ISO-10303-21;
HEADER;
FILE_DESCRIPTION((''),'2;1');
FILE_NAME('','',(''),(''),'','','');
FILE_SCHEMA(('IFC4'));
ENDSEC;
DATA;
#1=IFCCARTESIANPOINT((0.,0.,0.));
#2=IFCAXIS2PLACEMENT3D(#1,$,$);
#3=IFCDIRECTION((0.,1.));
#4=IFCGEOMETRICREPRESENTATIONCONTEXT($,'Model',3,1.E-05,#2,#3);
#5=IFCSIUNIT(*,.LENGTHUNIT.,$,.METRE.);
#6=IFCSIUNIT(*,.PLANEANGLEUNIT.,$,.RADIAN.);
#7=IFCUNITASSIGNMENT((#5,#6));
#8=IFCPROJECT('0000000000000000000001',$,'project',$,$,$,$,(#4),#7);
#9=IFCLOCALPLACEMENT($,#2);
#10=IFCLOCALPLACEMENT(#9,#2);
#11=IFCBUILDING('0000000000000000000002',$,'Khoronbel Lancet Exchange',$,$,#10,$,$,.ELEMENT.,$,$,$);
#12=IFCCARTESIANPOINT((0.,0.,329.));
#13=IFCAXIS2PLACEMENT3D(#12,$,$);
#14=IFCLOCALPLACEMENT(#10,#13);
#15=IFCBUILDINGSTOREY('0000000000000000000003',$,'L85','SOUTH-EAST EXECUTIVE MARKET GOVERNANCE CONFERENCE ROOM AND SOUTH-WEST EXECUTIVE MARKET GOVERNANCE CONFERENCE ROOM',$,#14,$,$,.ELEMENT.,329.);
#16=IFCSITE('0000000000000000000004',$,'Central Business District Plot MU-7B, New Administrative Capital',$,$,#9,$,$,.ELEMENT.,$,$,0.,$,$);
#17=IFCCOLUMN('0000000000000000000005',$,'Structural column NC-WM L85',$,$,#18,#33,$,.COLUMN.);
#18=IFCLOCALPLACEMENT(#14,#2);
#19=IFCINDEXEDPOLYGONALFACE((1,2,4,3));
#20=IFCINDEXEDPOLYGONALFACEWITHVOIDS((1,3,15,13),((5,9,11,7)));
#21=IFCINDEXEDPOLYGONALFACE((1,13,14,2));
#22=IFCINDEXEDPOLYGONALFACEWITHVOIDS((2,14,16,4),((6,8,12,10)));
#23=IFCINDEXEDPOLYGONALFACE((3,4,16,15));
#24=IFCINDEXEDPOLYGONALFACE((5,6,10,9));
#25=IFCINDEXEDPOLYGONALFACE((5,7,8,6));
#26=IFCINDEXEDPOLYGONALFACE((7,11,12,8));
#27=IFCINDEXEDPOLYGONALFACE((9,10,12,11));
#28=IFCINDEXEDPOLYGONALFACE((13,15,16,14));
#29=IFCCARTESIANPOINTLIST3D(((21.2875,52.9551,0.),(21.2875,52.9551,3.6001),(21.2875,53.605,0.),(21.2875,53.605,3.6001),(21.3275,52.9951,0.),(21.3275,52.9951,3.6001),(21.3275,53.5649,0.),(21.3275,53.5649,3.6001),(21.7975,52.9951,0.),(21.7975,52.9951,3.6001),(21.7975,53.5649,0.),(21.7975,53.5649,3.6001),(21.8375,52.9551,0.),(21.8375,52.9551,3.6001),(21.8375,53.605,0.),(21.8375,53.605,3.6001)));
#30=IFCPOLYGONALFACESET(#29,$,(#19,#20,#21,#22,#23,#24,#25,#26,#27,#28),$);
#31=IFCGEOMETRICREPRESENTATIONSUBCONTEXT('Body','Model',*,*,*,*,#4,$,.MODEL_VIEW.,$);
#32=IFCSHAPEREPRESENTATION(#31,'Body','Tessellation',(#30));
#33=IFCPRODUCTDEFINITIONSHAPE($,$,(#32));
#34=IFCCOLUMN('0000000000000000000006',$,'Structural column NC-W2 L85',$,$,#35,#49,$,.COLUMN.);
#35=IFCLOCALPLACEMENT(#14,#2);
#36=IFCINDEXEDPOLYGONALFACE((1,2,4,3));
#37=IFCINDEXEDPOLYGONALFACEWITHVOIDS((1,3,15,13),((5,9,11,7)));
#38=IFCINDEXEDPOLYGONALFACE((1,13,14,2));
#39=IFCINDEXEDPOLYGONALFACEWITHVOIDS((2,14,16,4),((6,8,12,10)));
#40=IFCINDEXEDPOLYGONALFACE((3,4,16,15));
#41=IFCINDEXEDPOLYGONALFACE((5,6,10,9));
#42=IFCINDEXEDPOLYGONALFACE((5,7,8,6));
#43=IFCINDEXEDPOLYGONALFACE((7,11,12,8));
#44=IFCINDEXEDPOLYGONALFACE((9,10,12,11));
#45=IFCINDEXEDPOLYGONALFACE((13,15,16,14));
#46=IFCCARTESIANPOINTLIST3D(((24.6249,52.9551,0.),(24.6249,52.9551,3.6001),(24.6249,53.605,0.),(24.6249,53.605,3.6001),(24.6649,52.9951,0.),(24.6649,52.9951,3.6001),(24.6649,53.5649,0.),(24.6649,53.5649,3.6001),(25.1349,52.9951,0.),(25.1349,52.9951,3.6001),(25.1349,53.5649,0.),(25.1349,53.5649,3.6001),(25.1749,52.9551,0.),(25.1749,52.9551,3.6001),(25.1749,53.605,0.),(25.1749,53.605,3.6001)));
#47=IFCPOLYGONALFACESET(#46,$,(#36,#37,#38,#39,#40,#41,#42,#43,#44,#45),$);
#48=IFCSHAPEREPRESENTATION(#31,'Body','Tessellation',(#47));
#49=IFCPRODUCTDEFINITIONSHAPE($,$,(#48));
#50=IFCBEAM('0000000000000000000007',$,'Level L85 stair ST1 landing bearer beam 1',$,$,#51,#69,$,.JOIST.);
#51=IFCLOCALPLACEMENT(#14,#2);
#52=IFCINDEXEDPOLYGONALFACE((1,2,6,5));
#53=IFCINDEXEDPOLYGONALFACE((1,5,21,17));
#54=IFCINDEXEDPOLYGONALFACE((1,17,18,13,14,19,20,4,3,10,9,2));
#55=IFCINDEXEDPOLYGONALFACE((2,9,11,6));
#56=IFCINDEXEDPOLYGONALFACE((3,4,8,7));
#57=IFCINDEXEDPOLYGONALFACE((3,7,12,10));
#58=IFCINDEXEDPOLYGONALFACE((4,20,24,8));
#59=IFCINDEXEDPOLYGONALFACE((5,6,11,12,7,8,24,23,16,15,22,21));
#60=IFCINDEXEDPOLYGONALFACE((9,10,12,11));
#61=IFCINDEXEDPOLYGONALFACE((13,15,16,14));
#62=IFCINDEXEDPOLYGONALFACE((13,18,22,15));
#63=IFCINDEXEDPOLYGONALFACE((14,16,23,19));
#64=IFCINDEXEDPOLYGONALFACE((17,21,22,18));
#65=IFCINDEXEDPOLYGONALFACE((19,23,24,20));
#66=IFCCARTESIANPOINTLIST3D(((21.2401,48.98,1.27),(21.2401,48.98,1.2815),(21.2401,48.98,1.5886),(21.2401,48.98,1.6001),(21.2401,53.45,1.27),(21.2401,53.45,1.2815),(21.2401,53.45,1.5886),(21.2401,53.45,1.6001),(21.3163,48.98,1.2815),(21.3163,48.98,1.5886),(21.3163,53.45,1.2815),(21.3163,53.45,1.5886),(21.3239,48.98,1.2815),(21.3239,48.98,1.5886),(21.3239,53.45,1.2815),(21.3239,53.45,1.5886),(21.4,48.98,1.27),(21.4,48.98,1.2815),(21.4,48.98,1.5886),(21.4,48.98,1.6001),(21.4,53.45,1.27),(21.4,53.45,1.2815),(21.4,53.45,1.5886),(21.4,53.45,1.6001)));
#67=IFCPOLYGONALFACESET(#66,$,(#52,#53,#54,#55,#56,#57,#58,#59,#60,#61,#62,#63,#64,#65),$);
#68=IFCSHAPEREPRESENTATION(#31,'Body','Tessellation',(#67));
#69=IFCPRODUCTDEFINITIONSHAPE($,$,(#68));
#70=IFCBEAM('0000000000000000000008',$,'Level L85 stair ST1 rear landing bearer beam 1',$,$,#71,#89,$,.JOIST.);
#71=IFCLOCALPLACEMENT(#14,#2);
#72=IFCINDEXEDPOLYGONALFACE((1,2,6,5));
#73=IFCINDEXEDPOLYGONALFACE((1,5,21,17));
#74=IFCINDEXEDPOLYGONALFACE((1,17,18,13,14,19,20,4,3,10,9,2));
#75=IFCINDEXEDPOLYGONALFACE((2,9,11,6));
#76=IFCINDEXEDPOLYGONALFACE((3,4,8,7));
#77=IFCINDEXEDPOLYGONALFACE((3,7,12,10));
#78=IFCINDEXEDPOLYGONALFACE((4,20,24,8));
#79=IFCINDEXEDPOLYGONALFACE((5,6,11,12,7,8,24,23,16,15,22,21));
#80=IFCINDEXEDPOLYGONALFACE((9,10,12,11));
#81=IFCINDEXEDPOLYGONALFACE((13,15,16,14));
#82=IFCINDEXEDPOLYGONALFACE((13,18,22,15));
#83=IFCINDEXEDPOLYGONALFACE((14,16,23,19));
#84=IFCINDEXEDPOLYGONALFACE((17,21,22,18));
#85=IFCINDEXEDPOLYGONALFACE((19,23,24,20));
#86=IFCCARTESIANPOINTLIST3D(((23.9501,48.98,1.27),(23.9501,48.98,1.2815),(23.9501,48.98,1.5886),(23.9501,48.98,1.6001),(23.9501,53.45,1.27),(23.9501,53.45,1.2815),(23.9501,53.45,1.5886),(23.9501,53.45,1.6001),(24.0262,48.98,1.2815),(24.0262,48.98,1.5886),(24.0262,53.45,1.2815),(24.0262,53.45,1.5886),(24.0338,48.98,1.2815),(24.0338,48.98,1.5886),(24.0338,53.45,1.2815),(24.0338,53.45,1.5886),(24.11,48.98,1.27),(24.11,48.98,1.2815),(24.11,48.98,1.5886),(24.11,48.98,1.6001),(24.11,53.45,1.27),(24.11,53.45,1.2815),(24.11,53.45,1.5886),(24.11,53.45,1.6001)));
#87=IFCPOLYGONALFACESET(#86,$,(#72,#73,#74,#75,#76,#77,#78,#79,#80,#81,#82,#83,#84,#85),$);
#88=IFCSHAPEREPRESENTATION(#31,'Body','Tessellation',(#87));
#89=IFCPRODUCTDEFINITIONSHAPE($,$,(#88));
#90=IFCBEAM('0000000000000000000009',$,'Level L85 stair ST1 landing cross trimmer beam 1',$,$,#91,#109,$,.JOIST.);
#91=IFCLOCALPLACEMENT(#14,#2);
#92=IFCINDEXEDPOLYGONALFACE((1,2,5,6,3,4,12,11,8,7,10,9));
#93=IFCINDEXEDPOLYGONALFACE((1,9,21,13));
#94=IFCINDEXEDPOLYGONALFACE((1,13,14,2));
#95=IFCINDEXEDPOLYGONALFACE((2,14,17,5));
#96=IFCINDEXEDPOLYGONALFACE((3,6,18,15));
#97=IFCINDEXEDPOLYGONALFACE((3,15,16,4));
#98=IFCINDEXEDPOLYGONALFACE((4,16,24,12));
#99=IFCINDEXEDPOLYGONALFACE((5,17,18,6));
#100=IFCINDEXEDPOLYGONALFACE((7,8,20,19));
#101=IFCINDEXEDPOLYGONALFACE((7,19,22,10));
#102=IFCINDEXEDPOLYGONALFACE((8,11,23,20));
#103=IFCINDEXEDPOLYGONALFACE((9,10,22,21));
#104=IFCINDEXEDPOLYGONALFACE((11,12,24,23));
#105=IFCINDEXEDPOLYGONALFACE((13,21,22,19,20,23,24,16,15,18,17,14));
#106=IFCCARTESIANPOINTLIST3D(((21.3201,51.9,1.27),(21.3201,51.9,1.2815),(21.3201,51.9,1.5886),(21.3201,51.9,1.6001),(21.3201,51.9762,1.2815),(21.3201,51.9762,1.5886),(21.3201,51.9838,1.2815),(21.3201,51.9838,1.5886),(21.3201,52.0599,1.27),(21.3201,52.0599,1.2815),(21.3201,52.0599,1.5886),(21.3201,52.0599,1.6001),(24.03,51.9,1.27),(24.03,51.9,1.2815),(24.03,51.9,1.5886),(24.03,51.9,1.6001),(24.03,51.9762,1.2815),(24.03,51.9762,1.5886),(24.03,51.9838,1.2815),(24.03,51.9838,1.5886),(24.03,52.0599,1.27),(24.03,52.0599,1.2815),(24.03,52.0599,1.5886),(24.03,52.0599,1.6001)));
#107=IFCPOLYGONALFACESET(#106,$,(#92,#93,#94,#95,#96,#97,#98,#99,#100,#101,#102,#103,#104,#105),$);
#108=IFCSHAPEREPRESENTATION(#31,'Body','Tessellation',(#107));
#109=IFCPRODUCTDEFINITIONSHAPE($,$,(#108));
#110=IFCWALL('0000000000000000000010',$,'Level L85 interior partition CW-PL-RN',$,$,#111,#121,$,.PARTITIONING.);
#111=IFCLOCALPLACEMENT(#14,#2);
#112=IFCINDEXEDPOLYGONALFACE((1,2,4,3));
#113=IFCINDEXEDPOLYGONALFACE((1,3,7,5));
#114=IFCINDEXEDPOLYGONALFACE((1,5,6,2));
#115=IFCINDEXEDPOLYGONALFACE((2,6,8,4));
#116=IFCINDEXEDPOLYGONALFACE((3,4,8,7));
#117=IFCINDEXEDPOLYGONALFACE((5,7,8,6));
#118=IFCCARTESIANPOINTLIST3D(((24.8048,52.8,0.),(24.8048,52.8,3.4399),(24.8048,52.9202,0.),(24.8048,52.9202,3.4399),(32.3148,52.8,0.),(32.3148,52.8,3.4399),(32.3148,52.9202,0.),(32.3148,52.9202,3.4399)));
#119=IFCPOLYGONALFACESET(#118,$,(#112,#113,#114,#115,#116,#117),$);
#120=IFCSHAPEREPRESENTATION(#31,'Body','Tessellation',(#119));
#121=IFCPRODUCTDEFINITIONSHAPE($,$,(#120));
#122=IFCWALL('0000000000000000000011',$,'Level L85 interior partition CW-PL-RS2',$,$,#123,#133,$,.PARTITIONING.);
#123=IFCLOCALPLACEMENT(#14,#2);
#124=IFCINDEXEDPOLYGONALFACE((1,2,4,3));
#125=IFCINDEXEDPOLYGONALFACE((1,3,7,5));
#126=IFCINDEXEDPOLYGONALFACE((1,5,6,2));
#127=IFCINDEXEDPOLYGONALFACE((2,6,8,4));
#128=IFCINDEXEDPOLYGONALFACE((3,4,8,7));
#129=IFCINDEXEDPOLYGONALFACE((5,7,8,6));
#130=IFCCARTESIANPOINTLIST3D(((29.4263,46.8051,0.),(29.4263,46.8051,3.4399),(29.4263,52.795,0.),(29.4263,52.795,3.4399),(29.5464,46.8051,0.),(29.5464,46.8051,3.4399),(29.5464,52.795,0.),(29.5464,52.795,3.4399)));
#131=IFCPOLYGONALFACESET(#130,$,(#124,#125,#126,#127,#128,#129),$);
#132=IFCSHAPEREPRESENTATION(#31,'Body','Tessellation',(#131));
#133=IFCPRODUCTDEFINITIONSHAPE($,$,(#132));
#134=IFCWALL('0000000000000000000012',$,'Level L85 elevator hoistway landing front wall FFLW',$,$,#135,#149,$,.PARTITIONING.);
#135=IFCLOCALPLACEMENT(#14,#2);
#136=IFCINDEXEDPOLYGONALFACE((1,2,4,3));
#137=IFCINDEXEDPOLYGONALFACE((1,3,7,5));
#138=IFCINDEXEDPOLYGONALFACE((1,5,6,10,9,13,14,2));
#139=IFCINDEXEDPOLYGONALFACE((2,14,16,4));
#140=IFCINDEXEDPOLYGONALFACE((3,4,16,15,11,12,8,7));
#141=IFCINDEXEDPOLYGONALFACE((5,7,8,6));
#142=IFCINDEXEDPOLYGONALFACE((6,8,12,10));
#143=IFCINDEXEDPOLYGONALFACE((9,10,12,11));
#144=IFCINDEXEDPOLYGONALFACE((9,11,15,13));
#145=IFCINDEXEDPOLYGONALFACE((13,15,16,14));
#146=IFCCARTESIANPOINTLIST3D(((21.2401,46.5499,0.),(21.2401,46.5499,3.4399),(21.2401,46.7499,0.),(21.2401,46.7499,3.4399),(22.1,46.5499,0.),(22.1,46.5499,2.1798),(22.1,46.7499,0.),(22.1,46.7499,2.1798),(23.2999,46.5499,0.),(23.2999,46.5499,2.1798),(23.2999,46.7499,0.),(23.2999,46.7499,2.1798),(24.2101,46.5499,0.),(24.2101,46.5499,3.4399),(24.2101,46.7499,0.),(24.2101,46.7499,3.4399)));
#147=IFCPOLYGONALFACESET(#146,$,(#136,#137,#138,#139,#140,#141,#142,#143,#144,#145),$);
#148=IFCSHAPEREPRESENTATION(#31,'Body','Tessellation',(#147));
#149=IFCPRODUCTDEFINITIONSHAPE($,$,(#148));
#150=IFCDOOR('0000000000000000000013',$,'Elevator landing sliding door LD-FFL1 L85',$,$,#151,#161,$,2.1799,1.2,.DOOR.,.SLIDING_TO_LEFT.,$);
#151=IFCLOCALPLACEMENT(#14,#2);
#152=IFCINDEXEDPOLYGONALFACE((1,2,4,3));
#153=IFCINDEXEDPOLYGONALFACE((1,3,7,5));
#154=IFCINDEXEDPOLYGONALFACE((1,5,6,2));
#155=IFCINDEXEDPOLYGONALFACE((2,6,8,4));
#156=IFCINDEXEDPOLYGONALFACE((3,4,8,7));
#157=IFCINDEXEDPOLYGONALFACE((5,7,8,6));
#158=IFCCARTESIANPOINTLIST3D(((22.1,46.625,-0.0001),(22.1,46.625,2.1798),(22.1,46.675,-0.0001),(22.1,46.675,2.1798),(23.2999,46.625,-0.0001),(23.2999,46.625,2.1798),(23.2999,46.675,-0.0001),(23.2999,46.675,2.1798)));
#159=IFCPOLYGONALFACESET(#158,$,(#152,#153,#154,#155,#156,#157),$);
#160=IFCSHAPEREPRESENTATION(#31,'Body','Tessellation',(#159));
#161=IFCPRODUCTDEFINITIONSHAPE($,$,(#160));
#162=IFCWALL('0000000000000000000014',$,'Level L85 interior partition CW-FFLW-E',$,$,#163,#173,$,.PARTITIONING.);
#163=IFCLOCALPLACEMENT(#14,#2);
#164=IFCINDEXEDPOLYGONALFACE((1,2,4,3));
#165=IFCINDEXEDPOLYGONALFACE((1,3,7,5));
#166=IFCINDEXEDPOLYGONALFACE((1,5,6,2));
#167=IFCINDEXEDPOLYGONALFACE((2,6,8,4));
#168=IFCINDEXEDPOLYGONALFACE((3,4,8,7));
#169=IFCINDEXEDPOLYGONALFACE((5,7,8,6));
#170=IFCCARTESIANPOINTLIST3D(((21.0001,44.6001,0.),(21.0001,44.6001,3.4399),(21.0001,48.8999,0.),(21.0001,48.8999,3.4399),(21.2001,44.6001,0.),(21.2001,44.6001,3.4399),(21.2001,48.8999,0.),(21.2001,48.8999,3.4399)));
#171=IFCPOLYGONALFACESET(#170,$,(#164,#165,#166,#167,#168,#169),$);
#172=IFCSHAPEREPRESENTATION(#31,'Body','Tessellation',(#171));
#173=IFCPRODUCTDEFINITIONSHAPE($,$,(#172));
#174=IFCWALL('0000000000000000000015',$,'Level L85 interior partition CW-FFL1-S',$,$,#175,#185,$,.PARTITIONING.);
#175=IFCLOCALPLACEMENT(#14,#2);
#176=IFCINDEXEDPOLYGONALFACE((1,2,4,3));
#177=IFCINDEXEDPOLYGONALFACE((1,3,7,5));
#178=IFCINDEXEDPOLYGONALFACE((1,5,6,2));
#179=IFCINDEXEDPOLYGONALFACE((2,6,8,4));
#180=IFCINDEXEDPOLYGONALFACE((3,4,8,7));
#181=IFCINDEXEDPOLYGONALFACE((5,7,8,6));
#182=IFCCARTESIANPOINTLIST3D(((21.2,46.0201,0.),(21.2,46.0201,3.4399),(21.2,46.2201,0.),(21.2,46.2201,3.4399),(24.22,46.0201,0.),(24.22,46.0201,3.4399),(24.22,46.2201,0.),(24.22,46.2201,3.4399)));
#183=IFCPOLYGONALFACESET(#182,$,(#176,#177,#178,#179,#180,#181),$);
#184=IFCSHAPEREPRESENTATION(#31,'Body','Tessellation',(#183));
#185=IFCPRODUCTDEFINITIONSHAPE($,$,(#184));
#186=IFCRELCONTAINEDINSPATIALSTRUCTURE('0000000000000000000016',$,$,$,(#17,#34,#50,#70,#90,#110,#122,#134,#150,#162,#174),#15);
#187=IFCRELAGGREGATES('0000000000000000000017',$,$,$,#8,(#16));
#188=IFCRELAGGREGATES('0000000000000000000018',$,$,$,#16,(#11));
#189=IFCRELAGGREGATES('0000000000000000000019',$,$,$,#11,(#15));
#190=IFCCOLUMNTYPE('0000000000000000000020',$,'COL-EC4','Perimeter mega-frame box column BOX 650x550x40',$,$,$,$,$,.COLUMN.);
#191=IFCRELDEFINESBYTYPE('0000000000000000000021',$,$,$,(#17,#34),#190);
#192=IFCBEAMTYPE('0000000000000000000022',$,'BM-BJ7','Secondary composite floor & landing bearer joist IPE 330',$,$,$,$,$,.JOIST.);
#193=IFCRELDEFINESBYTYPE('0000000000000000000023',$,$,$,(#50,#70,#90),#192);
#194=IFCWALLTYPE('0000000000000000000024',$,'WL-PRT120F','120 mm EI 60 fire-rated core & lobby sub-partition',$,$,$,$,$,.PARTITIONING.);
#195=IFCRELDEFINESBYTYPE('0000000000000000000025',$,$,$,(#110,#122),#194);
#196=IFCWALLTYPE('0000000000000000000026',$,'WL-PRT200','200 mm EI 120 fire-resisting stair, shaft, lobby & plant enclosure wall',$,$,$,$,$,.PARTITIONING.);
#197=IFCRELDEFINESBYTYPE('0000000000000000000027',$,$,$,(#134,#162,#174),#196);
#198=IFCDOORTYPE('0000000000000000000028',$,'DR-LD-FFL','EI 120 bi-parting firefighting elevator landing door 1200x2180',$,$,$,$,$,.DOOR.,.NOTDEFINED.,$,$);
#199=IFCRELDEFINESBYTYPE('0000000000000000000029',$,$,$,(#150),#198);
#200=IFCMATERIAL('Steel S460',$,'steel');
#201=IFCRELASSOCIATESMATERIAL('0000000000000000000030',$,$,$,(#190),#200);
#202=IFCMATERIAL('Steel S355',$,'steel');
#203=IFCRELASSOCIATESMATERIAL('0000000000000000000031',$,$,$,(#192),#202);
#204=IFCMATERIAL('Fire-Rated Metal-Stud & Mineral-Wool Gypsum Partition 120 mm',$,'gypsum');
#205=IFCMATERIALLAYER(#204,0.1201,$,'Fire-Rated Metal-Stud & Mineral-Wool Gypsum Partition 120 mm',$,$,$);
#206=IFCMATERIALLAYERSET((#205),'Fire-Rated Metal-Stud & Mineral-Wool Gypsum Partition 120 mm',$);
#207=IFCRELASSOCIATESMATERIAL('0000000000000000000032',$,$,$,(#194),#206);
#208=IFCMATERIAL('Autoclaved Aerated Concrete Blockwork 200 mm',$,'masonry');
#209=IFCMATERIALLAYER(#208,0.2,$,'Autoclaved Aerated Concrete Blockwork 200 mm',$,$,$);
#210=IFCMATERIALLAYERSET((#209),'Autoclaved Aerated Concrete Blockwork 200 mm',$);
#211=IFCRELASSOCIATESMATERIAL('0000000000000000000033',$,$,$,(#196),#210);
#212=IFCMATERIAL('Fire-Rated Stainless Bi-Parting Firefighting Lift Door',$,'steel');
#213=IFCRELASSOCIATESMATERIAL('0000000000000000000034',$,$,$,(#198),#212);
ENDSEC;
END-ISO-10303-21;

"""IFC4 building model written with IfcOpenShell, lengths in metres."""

from ifc_helpers import new_model, si_unit, direction, frame, frame_2d, origin, origin_2d, place, context, subcontext, project, spatial, rectangle, hollow_rectangle, i_section, extrude, material, layer, layer_set, material_profile, profile_set, type_object, element, fill, save


model = new_model("IFC4")

# Units and contexts
model_context = context("Model", 3, precision=1e-05, world=origin(), true_north=direction((0.0, 1.0)))
body_context = subcontext(model_context, "Body", "Model", "MODEL_VIEW")
ifc_project = project(units=[si_unit("LENGTHUNIT", "METRE"), si_unit("PLANEANGLEUNIT", "RADIAN")], contexts=[model_context])

# Site, building, storey
site_placement = place(None, origin())
site = spatial("IfcSite", under=ifc_project, at=site_placement, Name="Central Business District Plot MU-7B, New Administrative Capital", CompositionType="ELEMENT", RefElevation=0.0)
building_placement = place(site_placement, origin())
building = spatial("IfcBuilding", under=site, at=building_placement, Name="Khoronbel Lancet Exchange", CompositionType="ELEMENT")
storey_placement = place(building_placement, frame((0.0, 0.0, 329.0)))
storey = spatial("IfcBuildingStorey", under=building, at=storey_placement, Name="L85", Description="SOUTH-EAST EXECUTIVE MARKET GOVERNANCE CONFERENCE ROOM AND SOUTH-WEST EXECUTIVE MARKET GOVERNANCE CONFERENCE ROOM", CompositionType="ELEMENT", Elevation=329.0)

# Columns
ifc_material_1 = material(Name="Steel S460", Category="steel")
ifc_material_profile_1 = material_profile(ifc_material_1, hollow_rectangle(XDim=0.55, YDim=0.6499, WallThickness=0.04, at=origin_2d()), Name="BOX 650x550x40")
ifc_profile_set_1 = profile_set([ifc_material_profile_1], Name="Steel S460")
column_type = type_object("IfcColumnType", Name="COL-EC4", Description="Perimeter mega-frame box column BOX 650x550x40", PredefinedType="COLUMN", material=ifc_profile_set_1)
for number, where, z_axis, x_axis, name in (
    (1, (21.5625, 53.28, 0.0), (0.0, 0.0, 1.0), (1.0, 0.0, 0.0), "Structural column NC-WM L85"),
    (2, (24.8999, 53.28, 0.0), (0.0, 0.0, 1.0), (1.0, 0.0, 0.0), "Structural column NC-W2 L85"),
):
    element("IfcColumn", number, at=place(storey_placement, frame(where, z_axis=z_axis, x_axis=x_axis)), inside=storey, type_object=column_type, Name=name, PredefinedType="COLUMN", context=body_context, shape_type="SweptSolid", body=[
        extrude(hollow_rectangle(XDim=0.55, YDim=0.6499, WallThickness=0.04, at=origin_2d()), origin(), (0.0, 0.0, 1.0), 3.6001),
    ])

# Beams
ifc_material_2 = material(Name="Steel S355", Category="steel")
ifc_material_profile_2 = material_profile(ifc_material_2, i_section(OverallWidth=0.1599, OverallDepth=0.3301, WebThickness=0.0076, FlangeThickness=0.0115, at=origin_2d()), Name="IPE 330")
ifc_profile_set_2 = profile_set([ifc_material_profile_2], Name="Steel S355")
beam_type = type_object("IfcBeamType", Name="BM-BJ7", Description="Secondary composite floor & landing bearer joist IPE 330", PredefinedType="JOIST", material=ifc_profile_set_2)
for number, where, z_axis, x_axis, name in (
    (3, (21.3201, 48.98, 1.4351), (0.0, 1.0, 0.0), (-1.0, 0.0, 0.0), "Level L85 stair ST1 landing bearer beam 1"),
    (4, (24.03, 48.98, 1.4351), (0.0, 1.0, 0.0), (-1.0, 0.0, 0.0), "Level L85 stair ST1 rear landing bearer beam 1"),
):
    element("IfcBeam", number, at=place(storey_placement, frame(where, z_axis=z_axis, x_axis=x_axis)), inside=storey, type_object=beam_type, Name=name, PredefinedType="JOIST", context=body_context, shape_type="SweptSolid", body=[
        extrude(i_section(OverallWidth=0.1599, OverallDepth=0.3301, WebThickness=0.0076, FlangeThickness=0.0115, at=origin_2d()), origin(), (0.0, 0.0, 1.0), 4.47),
    ])
beam_placement = place(storey_placement, frame((21.3201, 51.98, 1.4351), z_axis=(1.0, 0.0, 0.0), x_axis=(0.0, 1.0, 0.0)))
element("IfcBeam", 5, at=beam_placement, inside=storey, type_object=beam_type, Name="Level L85 stair ST1 landing cross trimmer beam 1", PredefinedType="JOIST", context=body_context, shape_type="SweptSolid", body=[
    extrude(i_section(OverallWidth=0.1599, OverallDepth=0.3301, WebThickness=0.0076, FlangeThickness=0.0115, at=origin_2d()), origin(), (0.0, 0.0, 1.0), 2.71),
])

# Walls
ifc_material_3 = material(Name="Fire-Rated Metal-Stud & Mineral-Wool Gypsum Partition 120 mm", Category="gypsum")
ifc_layer_1 = layer(ifc_material_3, 0.1201, Name="Fire-Rated Metal-Stud & Mineral-Wool Gypsum Partition 120 mm")
ifc_layer_set_1 = layer_set([ifc_layer_1], Name="Fire-Rated Metal-Stud & Mineral-Wool Gypsum Partition 120 mm")
wall_type_1 = type_object("IfcWallType", Name="WL-PRT120F", Description="120 mm EI 60 fire-rated core & lobby sub-partition", PredefinedType="PARTITIONING", material=ifc_layer_set_1)
wall_1_placement = place(storey_placement, frame((24.8049, 52.8601, 0.0), z_axis=(0.0, 0.0, 1.0), x_axis=(1.0, 0.0, 0.0)))
element("IfcWall", 6, at=wall_1_placement, inside=storey, type_object=wall_type_1, Name="Level L85 interior partition CW-PL-RN", PredefinedType="PARTITIONING", context=body_context, shape_type="SweptSolid", body=[
    extrude(rectangle(XDim=7.51, YDim=0.1201, at=frame_2d((3.7549, 0.0))), origin(), (0.0, 0.0, 1.0), 3.4399),
])
wall_2_placement = place(storey_placement, frame((29.4863, 46.8049, 0.0), z_axis=(0.0, 0.0, 1.0), x_axis=(0.0, 1.0, 0.0)))
element("IfcWall", 7, at=wall_2_placement, inside=storey, type_object=wall_type_1, Name="Level L85 interior partition CW-PL-RS2", PredefinedType="PARTITIONING", context=body_context, shape_type="SweptSolid", body=[
    extrude(rectangle(XDim=5.99, YDim=0.1201, at=frame_2d((2.9951, 0.0))), origin(), (0.0, 0.0, 1.0), 3.4399),
])

# Wall, opening, door
ifc_material_4 = material(Name="Autoclaved Aerated Concrete Blockwork 200 mm", Category="masonry")
ifc_layer_2 = layer(ifc_material_4, 0.2, Name="Autoclaved Aerated Concrete Blockwork 200 mm")
ifc_layer_set_2 = layer_set([ifc_layer_2], Name="Autoclaved Aerated Concrete Blockwork 200 mm")
wall_type_2 = type_object("IfcWallType", Name="WL-PRT200", Description="200 mm EI 120 fire-resisting stair, shaft, lobby & plant enclosure wall", PredefinedType="PARTITIONING", material=ifc_layer_set_2)
wall_3_placement = place(storey_placement, frame((24.21, 46.6499, 0.0), z_axis=(0.0, 0.0, 1.0), x_axis=(-1.0, 0.0, 0.0)))
wall_3 = element("IfcWall", 8, at=wall_3_placement, inside=storey, type_object=wall_type_2, Name="Level L85 elevator hoistway landing front wall FFLW", PredefinedType="PARTITIONING", context=body_context, shape_type="SweptSolid", body=[
    extrude(rectangle(XDim=2.97, YDim=0.2, at=frame_2d((1.4849, 0.0))), origin(), (0.0, 0.0, 1.0), 3.4399),
])
opening_1_placement = place(wall_3_placement, frame((0.9099, 0.0, 0.0)))
opening_1 = element("IfcOpeningElement", 9, at=opening_1_placement, cuts=wall_3, PredefinedType="OPENING", context=body_context, shape_type="SweptSolid", body=[
    extrude(rectangle(XDim=1.2, YDim=2.1799, at=frame_2d((0.6001, 1.0898))), frame((0.0, 0.1099, 0.0), z_axis=(0.0, -1.0, 0.0), x_axis=(1.0, 0.0, 0.0)), (0.0, 0.0, 1.0), 0.22),
])
ifc_material_5 = material(Name="Fire-Rated Stainless Bi-Parting Firefighting Lift Door", Category="steel")
door_type_1 = type_object("IfcDoorType", Name="DR-LD-FFL", Description="EI 120 bi-parting firefighting elevator landing door 1200x2180", OperationType="NOTDEFINED", PredefinedType="DOOR", material=ifc_material_5)
door_1_placement = place(opening_1_placement, origin())
door_1 = element("IfcDoor", 10, at=door_1_placement, inside=storey, type_object=door_type_1, Name="Elevator landing sliding door LD-FFL1 L85", OperationType="SLIDING_TO_LEFT", OverallHeight=2.1799, OverallWidth=1.2, PredefinedType="DOOR", context=body_context, shape_type="SweptSolid", body=[
    extrude(rectangle(XDim=1.2, YDim=2.1799, at=frame_2d((0.6001, 1.0898))), frame((0.0, 0.0249, 0.0), z_axis=(0.0, -1.0, 0.0), x_axis=(1.0, 0.0, 0.0)), (0.0, 0.0, 1.0), 0.05),
])
fill(opening_1, door_1)

# Walls
wall_4_placement = place(storey_placement, frame((21.1001, 44.6001, 0.0), z_axis=(0.0, 0.0, 1.0), x_axis=(0.0, 1.0, 0.0)))
element("IfcWall", 11, at=wall_4_placement, inside=storey, type_object=wall_type_2, Name="Level L85 interior partition CW-FFLW-E", PredefinedType="PARTITIONING", context=body_context, shape_type="SweptSolid", body=[
    extrude(rectangle(XDim=4.2998, YDim=0.2, at=frame_2d((2.1499, 0.0))), origin(), (0.0, 0.0, 1.0), 3.4399),
])
wall_5_placement = place(storey_placement, frame((21.2, 46.1201, 0.0), z_axis=(0.0, 0.0, 1.0), x_axis=(1.0, 0.0, 0.0)))
element("IfcWall", 12, at=wall_5_placement, inside=storey, type_object=wall_type_2, Name="Level L85 interior partition CW-FFL1-S", PredefinedType="PARTITIONING", context=body_context, shape_type="SweptSolid", body=[
    extrude(rectangle(XDim=3.02, YDim=0.2, at=frame_2d((1.51, 0.0))), origin(), (0.0, 0.0, 1.0), 3.4399),
])

save(model, "model.ifc")
